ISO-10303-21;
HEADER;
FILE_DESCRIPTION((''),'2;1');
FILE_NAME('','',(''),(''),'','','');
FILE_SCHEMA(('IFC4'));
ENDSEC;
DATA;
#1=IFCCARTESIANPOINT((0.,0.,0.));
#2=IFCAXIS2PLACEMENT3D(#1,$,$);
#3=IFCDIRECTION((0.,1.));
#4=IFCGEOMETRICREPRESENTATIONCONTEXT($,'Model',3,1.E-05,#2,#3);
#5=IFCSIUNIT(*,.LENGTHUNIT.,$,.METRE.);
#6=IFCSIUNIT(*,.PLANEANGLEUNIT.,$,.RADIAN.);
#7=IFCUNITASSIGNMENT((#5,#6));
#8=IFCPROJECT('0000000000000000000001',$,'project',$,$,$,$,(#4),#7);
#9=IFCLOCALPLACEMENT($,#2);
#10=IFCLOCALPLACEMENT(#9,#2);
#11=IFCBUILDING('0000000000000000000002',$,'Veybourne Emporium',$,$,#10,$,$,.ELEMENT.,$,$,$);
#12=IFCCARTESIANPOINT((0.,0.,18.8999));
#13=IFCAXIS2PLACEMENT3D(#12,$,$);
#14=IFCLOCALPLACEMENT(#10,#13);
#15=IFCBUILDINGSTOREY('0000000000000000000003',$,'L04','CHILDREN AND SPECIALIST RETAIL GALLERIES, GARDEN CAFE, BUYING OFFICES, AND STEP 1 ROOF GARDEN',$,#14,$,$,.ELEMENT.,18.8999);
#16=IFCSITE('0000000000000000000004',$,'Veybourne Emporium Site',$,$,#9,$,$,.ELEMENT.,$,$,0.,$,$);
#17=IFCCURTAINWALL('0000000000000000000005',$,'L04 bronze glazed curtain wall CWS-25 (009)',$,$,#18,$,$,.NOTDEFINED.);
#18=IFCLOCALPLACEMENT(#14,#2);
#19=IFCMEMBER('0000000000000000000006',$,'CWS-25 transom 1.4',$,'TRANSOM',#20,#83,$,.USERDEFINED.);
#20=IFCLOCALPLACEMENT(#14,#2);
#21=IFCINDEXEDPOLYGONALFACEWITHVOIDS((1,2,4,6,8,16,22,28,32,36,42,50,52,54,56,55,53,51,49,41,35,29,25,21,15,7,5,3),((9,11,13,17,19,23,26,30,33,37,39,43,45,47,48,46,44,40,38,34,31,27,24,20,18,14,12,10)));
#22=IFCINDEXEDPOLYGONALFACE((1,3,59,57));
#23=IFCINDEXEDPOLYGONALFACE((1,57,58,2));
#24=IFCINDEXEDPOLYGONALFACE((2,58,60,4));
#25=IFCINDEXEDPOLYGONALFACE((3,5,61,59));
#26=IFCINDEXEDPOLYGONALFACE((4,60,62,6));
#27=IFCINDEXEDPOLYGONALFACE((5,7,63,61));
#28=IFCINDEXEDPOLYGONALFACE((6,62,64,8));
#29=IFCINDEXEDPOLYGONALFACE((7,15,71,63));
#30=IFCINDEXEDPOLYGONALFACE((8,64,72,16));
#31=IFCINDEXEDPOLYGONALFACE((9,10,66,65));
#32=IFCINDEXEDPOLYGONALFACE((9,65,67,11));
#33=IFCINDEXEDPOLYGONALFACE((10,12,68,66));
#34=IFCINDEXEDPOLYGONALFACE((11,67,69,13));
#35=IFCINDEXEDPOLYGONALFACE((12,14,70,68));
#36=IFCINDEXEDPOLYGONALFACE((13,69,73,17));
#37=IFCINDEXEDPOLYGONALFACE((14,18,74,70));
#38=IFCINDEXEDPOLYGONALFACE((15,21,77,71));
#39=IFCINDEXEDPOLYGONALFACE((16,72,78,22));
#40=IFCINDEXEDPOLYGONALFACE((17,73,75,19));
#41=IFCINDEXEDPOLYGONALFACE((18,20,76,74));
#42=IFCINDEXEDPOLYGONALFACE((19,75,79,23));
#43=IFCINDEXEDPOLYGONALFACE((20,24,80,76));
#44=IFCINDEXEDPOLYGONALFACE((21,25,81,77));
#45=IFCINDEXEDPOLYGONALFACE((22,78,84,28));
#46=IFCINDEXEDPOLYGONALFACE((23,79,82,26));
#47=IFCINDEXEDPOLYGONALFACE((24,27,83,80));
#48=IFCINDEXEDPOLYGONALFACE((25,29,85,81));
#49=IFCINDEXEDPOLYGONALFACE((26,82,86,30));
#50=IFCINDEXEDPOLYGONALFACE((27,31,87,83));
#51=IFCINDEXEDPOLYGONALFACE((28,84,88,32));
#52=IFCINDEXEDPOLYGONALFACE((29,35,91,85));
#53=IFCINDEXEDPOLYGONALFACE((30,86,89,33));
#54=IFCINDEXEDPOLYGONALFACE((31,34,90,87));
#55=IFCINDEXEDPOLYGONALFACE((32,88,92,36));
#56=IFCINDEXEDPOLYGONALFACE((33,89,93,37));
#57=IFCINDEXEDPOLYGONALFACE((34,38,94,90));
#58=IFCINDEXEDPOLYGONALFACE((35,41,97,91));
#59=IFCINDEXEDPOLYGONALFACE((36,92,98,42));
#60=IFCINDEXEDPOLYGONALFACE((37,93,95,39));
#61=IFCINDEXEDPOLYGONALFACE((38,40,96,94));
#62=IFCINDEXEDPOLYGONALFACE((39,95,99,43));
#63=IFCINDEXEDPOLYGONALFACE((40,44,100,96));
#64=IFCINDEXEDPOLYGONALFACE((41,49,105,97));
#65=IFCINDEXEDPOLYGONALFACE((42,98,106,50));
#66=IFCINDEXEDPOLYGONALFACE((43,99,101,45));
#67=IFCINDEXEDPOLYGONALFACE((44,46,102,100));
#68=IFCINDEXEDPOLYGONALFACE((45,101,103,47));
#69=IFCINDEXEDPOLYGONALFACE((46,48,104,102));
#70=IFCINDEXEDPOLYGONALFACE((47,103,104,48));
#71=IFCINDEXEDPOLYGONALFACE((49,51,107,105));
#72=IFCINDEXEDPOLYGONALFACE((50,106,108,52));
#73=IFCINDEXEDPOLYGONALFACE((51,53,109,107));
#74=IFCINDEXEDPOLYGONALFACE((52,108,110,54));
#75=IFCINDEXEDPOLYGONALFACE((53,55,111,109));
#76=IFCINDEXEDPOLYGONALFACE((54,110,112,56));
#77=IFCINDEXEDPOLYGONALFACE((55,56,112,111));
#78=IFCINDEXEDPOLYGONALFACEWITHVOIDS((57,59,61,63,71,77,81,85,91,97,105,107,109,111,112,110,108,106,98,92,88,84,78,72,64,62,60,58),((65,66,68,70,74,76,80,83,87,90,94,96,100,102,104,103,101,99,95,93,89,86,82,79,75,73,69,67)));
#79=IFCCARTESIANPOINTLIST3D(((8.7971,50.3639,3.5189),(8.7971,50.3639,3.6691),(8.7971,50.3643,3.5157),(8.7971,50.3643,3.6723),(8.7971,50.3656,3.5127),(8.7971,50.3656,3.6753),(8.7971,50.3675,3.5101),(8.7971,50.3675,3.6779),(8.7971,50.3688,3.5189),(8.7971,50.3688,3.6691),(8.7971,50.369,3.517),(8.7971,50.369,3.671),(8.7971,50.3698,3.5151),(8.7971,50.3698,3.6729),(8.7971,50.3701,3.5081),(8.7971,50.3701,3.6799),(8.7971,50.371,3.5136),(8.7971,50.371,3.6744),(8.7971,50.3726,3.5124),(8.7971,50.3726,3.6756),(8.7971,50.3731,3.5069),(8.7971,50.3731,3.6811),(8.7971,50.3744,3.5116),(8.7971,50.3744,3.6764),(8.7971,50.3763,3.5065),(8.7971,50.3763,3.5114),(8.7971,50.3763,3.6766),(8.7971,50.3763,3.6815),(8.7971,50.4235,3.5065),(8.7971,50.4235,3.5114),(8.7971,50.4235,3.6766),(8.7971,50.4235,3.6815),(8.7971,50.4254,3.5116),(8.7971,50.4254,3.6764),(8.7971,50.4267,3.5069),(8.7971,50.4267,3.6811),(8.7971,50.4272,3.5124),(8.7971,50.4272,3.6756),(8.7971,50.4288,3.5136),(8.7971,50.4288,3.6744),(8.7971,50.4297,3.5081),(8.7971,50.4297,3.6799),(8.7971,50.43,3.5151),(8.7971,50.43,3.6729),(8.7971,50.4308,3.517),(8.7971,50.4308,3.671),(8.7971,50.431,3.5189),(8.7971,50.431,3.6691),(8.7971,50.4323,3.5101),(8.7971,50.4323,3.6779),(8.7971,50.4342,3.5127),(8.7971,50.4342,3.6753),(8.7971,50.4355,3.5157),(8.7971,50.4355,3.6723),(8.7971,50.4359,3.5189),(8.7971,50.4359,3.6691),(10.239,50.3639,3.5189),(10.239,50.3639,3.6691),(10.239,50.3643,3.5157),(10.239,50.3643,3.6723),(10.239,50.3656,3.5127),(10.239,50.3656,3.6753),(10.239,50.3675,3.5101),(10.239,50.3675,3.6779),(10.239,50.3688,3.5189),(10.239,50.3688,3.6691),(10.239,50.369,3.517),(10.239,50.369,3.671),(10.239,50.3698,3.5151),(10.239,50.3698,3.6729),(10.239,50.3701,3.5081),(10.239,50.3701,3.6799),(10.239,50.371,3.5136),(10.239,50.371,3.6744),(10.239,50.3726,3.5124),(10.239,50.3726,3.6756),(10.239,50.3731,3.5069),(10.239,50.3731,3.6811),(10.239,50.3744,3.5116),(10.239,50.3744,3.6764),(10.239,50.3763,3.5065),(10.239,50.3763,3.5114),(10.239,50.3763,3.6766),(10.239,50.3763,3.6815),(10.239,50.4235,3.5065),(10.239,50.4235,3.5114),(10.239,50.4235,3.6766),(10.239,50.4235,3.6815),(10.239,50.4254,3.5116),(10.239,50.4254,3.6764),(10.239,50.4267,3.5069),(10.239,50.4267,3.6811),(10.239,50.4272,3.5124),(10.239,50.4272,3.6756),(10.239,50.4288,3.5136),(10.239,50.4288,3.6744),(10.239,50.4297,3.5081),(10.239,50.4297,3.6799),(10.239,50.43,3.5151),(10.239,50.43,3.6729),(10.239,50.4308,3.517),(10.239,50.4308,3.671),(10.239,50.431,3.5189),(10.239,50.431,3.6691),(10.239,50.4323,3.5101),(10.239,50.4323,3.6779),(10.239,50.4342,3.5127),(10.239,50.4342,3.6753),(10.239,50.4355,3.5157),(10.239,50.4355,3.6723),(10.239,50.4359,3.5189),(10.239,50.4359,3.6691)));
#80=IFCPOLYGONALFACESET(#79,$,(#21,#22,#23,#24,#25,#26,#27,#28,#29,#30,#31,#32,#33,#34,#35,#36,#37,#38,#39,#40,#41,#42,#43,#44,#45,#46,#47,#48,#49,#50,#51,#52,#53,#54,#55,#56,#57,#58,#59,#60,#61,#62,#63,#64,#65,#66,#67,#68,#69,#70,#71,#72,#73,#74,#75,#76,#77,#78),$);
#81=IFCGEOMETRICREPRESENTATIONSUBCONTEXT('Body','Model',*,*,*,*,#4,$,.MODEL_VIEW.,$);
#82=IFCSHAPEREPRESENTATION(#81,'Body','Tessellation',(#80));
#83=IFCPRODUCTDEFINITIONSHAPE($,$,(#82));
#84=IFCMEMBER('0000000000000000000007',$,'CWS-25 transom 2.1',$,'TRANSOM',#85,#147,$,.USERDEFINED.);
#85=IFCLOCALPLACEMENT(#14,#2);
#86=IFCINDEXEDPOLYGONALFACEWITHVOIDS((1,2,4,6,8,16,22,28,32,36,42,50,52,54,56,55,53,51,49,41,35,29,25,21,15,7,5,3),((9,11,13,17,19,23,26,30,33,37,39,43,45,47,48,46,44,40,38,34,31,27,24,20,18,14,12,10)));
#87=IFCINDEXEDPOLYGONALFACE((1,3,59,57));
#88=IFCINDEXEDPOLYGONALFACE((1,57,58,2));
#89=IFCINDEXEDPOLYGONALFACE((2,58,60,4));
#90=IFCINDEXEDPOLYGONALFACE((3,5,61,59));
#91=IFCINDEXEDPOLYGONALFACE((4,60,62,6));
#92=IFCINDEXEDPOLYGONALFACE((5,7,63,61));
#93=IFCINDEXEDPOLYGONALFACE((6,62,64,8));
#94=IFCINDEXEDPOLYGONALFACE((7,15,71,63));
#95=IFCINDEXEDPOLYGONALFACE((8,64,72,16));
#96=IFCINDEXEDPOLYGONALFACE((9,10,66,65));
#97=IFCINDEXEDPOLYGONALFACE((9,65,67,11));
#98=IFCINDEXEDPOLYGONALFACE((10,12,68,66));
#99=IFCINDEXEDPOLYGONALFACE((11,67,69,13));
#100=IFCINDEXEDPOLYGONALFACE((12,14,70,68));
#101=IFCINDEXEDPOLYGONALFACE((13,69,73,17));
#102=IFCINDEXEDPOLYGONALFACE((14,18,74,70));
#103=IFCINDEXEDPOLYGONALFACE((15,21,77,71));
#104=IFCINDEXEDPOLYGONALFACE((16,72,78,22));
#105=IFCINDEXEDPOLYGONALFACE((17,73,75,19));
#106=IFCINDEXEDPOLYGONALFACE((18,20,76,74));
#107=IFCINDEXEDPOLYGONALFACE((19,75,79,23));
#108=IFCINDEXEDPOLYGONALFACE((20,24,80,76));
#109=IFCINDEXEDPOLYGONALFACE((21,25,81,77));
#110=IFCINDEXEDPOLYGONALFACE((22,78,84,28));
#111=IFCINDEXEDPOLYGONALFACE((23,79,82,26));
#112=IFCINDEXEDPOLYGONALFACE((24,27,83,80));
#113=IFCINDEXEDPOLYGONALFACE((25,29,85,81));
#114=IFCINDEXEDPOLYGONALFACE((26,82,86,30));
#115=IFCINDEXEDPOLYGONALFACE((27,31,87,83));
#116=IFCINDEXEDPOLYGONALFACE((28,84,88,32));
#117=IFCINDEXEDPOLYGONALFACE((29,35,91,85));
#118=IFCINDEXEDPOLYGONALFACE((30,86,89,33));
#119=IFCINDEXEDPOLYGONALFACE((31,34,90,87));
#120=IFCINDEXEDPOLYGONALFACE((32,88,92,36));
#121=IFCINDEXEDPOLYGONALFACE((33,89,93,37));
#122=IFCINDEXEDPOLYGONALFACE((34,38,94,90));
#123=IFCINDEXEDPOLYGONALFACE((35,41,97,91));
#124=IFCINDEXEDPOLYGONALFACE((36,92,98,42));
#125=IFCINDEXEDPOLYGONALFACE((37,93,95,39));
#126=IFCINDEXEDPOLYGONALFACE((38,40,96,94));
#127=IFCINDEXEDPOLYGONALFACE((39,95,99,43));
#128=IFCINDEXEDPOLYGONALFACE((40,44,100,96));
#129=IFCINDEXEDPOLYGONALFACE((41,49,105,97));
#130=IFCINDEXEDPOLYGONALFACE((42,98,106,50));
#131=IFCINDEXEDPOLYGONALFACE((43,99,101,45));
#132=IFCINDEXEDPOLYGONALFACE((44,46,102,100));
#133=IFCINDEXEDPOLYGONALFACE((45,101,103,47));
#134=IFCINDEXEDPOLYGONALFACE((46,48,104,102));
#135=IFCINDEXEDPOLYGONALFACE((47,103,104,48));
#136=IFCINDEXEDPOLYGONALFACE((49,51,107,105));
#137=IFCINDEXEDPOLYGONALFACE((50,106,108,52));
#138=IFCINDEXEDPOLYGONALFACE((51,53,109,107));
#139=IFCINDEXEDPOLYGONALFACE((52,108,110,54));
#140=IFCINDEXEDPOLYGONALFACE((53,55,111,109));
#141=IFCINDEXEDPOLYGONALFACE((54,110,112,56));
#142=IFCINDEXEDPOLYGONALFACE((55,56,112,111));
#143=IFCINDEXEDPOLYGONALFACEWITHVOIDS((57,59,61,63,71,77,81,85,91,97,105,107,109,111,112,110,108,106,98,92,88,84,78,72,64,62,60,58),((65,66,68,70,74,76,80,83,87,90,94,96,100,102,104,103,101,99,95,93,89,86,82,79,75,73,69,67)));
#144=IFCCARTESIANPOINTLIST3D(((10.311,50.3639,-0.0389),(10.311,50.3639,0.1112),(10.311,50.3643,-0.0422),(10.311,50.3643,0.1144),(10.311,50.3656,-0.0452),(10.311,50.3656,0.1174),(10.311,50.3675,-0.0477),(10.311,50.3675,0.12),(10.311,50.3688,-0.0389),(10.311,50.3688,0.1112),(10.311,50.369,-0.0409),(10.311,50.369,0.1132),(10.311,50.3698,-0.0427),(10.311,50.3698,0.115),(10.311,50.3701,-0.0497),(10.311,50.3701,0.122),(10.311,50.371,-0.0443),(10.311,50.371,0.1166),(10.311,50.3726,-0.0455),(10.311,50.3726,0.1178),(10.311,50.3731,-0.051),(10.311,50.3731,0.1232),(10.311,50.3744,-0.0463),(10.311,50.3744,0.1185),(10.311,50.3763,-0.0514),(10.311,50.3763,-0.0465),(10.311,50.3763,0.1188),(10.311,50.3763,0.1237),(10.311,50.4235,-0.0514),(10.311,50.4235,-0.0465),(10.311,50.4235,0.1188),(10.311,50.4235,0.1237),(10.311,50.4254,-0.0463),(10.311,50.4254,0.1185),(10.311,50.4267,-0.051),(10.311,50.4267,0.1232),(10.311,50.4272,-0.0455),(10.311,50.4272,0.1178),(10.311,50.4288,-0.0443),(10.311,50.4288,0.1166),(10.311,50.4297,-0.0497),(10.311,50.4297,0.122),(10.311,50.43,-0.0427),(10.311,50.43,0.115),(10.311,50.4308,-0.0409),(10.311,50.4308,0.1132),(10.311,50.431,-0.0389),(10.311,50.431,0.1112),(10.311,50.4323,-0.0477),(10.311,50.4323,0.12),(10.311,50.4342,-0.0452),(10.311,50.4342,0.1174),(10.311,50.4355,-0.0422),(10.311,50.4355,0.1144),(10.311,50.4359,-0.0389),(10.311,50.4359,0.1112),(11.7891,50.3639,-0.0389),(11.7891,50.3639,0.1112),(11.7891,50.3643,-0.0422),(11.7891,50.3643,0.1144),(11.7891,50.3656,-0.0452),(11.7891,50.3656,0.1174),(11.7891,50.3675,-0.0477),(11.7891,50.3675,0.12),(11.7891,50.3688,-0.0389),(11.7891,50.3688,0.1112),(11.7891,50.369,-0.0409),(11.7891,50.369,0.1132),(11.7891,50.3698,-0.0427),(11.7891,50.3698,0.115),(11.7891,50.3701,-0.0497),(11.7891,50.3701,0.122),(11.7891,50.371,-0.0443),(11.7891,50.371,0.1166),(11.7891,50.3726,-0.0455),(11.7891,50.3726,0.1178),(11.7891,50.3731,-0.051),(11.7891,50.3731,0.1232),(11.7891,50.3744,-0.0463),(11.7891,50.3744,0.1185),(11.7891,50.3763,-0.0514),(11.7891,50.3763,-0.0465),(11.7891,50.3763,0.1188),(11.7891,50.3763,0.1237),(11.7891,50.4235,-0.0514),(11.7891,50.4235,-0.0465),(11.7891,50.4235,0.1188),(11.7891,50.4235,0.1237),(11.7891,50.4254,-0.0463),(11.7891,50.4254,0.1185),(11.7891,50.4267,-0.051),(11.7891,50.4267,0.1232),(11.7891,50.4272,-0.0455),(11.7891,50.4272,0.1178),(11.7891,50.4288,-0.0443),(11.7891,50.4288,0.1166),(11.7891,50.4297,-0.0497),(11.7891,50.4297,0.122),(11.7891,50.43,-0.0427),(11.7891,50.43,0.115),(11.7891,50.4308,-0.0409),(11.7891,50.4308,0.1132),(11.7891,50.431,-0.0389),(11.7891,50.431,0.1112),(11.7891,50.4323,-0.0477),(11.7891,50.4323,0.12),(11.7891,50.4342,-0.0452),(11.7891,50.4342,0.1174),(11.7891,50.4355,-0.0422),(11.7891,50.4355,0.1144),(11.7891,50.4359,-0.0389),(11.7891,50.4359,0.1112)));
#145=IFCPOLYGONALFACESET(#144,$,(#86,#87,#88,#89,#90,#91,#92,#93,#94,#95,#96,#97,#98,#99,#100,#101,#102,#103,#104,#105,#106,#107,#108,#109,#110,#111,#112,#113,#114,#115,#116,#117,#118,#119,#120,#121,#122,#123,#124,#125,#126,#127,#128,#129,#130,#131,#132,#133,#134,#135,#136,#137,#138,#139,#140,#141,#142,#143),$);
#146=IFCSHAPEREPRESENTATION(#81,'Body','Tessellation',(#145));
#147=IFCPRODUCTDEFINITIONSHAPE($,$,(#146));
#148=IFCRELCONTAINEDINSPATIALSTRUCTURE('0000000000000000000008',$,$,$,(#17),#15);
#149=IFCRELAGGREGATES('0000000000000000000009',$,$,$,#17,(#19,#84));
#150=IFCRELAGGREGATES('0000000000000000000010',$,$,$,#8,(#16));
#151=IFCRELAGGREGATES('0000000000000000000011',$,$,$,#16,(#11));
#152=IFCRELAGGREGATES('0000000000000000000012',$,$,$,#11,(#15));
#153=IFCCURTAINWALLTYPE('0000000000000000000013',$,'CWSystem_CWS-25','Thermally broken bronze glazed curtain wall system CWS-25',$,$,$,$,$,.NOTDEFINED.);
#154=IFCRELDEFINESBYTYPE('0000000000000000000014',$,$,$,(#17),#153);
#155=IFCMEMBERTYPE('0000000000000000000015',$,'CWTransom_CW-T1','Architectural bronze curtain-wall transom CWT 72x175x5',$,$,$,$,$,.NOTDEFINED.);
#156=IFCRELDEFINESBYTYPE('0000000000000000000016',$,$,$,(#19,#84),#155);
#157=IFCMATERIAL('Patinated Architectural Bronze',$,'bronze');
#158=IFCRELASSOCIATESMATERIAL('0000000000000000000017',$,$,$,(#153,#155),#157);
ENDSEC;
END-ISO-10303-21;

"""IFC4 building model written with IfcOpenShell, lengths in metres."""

from ifc_helpers import new_model, si_unit, direction, frame, origin, origin_2d, place, context, subcontext, project, spatial, hollow_rectangle, extrude, material, material_profile, profile_set, type_object, element, aggregate, save


model = new_model("IFC4")

# Units and contexts
model_context = context("Model", 3, precision=1e-05, world=origin(), true_north=direction((0.0, 1.0)))
body_context = subcontext(model_context, "Body", "Model", "MODEL_VIEW")
ifc_project = project(units=[si_unit("LENGTHUNIT", "METRE"), si_unit("PLANEANGLEUNIT", "RADIAN")], contexts=[model_context])

# Site, building, storey
site_placement = place(None, origin())
site = spatial("IfcSite", under=ifc_project, at=site_placement, Name="Veybourne Emporium Site", CompositionType="ELEMENT", RefElevation=0.0)
building_placement = place(site_placement, origin())
building = spatial("IfcBuilding", under=site, at=building_placement, Name="Veybourne Emporium", CompositionType="ELEMENT")
storey_placement = place(building_placement, frame((0.0, 0.0, 18.8999)))
storey = spatial("IfcBuildingStorey", under=building, at=storey_placement, Name="L04", Description="CHILDREN AND SPECIALIST RETAIL GALLERIES, GARDEN CAFE, BUYING OFFICES, AND STEP 1 ROOF GARDEN", CompositionType="ELEMENT", Elevation=18.8999)

# Curtain wall
ifc_material_1 = material(Name="Patinated Architectural Bronze", Category="bronze")
curtain_wall_type_1 = type_object("IfcCurtainWallType", Name="CWSystem_CWS-25", Description="Thermally broken bronze glazed curtain wall system CWS-25", PredefinedType="NOTDEFINED", material=ifc_material_1)
curtain_wall_1_placement = place(storey_placement, origin())
curtain_wall_1 = element("IfcCurtainWall", 1, at=curtain_wall_1_placement, inside=storey, type_object=curtain_wall_type_1, Name="L04 bronze glazed curtain wall CWS-25 (009)", PredefinedType="NOTDEFINED")

# Members
ifc_material_profile_1 = material_profile(ifc_material_1, hollow_rectangle(XDim=0.072, YDim=0.175, WallThickness=0.0049, InnerFilletRadius=0.0076, OuterFilletRadius=0.0125, at=origin_2d()), Name="CWT 72x175x5")
ifc_profile_set_1 = profile_set([ifc_material_profile_1], Name="Patinated Architectural Bronze")
member_type_1 = type_object("IfcMemberType", Name="CWTransom_CW-T1", Description="Architectural bronze curtain-wall transom CWT 72x175x5", PredefinedType="NOTDEFINED", material=ifc_profile_set_1)
member_1_placement = place(storey_placement, frame((8.7971, 50.3999, 3.594), z_axis=(1.0, 0.0, 0.0), x_axis=(0.0, 1.0, 0.0)))
member_1 = element("IfcMember", 2, at=member_1_placement, type_object=member_type_1, Name="CWS-25 transom 1.4", ObjectType="TRANSOM", PredefinedType="USERDEFINED", context=body_context, shape_type="SweptSolid", body=[
    extrude(hollow_rectangle(XDim=0.072, YDim=0.175, WallThickness=0.0049, InnerFilletRadius=0.0076, OuterFilletRadius=0.0125, at=origin_2d()), origin(), (0.0, 0.0, 1.0), 1.4419),
])
member_2_placement = place(storey_placement, frame((10.311, 50.3999, 0.0361), z_axis=(1.0, 0.0, 0.0), x_axis=(0.0, 1.0, 0.0)))
member_2 = element("IfcMember", 3, at=member_2_placement, type_object=member_type_1, Name="CWS-25 transom 2.1", ObjectType="TRANSOM", PredefinedType="USERDEFINED", context=body_context, shape_type="SweptSolid", body=[
    extrude(hollow_rectangle(XDim=0.072, YDim=0.175, WallThickness=0.0049, InnerFilletRadius=0.0076, OuterFilletRadius=0.0125, at=origin_2d()), origin(), (0.0, 0.0, 1.0), 1.478),
])

aggregate(curtain_wall_1, [member_1, member_2])

save(model, "model.ifc")
